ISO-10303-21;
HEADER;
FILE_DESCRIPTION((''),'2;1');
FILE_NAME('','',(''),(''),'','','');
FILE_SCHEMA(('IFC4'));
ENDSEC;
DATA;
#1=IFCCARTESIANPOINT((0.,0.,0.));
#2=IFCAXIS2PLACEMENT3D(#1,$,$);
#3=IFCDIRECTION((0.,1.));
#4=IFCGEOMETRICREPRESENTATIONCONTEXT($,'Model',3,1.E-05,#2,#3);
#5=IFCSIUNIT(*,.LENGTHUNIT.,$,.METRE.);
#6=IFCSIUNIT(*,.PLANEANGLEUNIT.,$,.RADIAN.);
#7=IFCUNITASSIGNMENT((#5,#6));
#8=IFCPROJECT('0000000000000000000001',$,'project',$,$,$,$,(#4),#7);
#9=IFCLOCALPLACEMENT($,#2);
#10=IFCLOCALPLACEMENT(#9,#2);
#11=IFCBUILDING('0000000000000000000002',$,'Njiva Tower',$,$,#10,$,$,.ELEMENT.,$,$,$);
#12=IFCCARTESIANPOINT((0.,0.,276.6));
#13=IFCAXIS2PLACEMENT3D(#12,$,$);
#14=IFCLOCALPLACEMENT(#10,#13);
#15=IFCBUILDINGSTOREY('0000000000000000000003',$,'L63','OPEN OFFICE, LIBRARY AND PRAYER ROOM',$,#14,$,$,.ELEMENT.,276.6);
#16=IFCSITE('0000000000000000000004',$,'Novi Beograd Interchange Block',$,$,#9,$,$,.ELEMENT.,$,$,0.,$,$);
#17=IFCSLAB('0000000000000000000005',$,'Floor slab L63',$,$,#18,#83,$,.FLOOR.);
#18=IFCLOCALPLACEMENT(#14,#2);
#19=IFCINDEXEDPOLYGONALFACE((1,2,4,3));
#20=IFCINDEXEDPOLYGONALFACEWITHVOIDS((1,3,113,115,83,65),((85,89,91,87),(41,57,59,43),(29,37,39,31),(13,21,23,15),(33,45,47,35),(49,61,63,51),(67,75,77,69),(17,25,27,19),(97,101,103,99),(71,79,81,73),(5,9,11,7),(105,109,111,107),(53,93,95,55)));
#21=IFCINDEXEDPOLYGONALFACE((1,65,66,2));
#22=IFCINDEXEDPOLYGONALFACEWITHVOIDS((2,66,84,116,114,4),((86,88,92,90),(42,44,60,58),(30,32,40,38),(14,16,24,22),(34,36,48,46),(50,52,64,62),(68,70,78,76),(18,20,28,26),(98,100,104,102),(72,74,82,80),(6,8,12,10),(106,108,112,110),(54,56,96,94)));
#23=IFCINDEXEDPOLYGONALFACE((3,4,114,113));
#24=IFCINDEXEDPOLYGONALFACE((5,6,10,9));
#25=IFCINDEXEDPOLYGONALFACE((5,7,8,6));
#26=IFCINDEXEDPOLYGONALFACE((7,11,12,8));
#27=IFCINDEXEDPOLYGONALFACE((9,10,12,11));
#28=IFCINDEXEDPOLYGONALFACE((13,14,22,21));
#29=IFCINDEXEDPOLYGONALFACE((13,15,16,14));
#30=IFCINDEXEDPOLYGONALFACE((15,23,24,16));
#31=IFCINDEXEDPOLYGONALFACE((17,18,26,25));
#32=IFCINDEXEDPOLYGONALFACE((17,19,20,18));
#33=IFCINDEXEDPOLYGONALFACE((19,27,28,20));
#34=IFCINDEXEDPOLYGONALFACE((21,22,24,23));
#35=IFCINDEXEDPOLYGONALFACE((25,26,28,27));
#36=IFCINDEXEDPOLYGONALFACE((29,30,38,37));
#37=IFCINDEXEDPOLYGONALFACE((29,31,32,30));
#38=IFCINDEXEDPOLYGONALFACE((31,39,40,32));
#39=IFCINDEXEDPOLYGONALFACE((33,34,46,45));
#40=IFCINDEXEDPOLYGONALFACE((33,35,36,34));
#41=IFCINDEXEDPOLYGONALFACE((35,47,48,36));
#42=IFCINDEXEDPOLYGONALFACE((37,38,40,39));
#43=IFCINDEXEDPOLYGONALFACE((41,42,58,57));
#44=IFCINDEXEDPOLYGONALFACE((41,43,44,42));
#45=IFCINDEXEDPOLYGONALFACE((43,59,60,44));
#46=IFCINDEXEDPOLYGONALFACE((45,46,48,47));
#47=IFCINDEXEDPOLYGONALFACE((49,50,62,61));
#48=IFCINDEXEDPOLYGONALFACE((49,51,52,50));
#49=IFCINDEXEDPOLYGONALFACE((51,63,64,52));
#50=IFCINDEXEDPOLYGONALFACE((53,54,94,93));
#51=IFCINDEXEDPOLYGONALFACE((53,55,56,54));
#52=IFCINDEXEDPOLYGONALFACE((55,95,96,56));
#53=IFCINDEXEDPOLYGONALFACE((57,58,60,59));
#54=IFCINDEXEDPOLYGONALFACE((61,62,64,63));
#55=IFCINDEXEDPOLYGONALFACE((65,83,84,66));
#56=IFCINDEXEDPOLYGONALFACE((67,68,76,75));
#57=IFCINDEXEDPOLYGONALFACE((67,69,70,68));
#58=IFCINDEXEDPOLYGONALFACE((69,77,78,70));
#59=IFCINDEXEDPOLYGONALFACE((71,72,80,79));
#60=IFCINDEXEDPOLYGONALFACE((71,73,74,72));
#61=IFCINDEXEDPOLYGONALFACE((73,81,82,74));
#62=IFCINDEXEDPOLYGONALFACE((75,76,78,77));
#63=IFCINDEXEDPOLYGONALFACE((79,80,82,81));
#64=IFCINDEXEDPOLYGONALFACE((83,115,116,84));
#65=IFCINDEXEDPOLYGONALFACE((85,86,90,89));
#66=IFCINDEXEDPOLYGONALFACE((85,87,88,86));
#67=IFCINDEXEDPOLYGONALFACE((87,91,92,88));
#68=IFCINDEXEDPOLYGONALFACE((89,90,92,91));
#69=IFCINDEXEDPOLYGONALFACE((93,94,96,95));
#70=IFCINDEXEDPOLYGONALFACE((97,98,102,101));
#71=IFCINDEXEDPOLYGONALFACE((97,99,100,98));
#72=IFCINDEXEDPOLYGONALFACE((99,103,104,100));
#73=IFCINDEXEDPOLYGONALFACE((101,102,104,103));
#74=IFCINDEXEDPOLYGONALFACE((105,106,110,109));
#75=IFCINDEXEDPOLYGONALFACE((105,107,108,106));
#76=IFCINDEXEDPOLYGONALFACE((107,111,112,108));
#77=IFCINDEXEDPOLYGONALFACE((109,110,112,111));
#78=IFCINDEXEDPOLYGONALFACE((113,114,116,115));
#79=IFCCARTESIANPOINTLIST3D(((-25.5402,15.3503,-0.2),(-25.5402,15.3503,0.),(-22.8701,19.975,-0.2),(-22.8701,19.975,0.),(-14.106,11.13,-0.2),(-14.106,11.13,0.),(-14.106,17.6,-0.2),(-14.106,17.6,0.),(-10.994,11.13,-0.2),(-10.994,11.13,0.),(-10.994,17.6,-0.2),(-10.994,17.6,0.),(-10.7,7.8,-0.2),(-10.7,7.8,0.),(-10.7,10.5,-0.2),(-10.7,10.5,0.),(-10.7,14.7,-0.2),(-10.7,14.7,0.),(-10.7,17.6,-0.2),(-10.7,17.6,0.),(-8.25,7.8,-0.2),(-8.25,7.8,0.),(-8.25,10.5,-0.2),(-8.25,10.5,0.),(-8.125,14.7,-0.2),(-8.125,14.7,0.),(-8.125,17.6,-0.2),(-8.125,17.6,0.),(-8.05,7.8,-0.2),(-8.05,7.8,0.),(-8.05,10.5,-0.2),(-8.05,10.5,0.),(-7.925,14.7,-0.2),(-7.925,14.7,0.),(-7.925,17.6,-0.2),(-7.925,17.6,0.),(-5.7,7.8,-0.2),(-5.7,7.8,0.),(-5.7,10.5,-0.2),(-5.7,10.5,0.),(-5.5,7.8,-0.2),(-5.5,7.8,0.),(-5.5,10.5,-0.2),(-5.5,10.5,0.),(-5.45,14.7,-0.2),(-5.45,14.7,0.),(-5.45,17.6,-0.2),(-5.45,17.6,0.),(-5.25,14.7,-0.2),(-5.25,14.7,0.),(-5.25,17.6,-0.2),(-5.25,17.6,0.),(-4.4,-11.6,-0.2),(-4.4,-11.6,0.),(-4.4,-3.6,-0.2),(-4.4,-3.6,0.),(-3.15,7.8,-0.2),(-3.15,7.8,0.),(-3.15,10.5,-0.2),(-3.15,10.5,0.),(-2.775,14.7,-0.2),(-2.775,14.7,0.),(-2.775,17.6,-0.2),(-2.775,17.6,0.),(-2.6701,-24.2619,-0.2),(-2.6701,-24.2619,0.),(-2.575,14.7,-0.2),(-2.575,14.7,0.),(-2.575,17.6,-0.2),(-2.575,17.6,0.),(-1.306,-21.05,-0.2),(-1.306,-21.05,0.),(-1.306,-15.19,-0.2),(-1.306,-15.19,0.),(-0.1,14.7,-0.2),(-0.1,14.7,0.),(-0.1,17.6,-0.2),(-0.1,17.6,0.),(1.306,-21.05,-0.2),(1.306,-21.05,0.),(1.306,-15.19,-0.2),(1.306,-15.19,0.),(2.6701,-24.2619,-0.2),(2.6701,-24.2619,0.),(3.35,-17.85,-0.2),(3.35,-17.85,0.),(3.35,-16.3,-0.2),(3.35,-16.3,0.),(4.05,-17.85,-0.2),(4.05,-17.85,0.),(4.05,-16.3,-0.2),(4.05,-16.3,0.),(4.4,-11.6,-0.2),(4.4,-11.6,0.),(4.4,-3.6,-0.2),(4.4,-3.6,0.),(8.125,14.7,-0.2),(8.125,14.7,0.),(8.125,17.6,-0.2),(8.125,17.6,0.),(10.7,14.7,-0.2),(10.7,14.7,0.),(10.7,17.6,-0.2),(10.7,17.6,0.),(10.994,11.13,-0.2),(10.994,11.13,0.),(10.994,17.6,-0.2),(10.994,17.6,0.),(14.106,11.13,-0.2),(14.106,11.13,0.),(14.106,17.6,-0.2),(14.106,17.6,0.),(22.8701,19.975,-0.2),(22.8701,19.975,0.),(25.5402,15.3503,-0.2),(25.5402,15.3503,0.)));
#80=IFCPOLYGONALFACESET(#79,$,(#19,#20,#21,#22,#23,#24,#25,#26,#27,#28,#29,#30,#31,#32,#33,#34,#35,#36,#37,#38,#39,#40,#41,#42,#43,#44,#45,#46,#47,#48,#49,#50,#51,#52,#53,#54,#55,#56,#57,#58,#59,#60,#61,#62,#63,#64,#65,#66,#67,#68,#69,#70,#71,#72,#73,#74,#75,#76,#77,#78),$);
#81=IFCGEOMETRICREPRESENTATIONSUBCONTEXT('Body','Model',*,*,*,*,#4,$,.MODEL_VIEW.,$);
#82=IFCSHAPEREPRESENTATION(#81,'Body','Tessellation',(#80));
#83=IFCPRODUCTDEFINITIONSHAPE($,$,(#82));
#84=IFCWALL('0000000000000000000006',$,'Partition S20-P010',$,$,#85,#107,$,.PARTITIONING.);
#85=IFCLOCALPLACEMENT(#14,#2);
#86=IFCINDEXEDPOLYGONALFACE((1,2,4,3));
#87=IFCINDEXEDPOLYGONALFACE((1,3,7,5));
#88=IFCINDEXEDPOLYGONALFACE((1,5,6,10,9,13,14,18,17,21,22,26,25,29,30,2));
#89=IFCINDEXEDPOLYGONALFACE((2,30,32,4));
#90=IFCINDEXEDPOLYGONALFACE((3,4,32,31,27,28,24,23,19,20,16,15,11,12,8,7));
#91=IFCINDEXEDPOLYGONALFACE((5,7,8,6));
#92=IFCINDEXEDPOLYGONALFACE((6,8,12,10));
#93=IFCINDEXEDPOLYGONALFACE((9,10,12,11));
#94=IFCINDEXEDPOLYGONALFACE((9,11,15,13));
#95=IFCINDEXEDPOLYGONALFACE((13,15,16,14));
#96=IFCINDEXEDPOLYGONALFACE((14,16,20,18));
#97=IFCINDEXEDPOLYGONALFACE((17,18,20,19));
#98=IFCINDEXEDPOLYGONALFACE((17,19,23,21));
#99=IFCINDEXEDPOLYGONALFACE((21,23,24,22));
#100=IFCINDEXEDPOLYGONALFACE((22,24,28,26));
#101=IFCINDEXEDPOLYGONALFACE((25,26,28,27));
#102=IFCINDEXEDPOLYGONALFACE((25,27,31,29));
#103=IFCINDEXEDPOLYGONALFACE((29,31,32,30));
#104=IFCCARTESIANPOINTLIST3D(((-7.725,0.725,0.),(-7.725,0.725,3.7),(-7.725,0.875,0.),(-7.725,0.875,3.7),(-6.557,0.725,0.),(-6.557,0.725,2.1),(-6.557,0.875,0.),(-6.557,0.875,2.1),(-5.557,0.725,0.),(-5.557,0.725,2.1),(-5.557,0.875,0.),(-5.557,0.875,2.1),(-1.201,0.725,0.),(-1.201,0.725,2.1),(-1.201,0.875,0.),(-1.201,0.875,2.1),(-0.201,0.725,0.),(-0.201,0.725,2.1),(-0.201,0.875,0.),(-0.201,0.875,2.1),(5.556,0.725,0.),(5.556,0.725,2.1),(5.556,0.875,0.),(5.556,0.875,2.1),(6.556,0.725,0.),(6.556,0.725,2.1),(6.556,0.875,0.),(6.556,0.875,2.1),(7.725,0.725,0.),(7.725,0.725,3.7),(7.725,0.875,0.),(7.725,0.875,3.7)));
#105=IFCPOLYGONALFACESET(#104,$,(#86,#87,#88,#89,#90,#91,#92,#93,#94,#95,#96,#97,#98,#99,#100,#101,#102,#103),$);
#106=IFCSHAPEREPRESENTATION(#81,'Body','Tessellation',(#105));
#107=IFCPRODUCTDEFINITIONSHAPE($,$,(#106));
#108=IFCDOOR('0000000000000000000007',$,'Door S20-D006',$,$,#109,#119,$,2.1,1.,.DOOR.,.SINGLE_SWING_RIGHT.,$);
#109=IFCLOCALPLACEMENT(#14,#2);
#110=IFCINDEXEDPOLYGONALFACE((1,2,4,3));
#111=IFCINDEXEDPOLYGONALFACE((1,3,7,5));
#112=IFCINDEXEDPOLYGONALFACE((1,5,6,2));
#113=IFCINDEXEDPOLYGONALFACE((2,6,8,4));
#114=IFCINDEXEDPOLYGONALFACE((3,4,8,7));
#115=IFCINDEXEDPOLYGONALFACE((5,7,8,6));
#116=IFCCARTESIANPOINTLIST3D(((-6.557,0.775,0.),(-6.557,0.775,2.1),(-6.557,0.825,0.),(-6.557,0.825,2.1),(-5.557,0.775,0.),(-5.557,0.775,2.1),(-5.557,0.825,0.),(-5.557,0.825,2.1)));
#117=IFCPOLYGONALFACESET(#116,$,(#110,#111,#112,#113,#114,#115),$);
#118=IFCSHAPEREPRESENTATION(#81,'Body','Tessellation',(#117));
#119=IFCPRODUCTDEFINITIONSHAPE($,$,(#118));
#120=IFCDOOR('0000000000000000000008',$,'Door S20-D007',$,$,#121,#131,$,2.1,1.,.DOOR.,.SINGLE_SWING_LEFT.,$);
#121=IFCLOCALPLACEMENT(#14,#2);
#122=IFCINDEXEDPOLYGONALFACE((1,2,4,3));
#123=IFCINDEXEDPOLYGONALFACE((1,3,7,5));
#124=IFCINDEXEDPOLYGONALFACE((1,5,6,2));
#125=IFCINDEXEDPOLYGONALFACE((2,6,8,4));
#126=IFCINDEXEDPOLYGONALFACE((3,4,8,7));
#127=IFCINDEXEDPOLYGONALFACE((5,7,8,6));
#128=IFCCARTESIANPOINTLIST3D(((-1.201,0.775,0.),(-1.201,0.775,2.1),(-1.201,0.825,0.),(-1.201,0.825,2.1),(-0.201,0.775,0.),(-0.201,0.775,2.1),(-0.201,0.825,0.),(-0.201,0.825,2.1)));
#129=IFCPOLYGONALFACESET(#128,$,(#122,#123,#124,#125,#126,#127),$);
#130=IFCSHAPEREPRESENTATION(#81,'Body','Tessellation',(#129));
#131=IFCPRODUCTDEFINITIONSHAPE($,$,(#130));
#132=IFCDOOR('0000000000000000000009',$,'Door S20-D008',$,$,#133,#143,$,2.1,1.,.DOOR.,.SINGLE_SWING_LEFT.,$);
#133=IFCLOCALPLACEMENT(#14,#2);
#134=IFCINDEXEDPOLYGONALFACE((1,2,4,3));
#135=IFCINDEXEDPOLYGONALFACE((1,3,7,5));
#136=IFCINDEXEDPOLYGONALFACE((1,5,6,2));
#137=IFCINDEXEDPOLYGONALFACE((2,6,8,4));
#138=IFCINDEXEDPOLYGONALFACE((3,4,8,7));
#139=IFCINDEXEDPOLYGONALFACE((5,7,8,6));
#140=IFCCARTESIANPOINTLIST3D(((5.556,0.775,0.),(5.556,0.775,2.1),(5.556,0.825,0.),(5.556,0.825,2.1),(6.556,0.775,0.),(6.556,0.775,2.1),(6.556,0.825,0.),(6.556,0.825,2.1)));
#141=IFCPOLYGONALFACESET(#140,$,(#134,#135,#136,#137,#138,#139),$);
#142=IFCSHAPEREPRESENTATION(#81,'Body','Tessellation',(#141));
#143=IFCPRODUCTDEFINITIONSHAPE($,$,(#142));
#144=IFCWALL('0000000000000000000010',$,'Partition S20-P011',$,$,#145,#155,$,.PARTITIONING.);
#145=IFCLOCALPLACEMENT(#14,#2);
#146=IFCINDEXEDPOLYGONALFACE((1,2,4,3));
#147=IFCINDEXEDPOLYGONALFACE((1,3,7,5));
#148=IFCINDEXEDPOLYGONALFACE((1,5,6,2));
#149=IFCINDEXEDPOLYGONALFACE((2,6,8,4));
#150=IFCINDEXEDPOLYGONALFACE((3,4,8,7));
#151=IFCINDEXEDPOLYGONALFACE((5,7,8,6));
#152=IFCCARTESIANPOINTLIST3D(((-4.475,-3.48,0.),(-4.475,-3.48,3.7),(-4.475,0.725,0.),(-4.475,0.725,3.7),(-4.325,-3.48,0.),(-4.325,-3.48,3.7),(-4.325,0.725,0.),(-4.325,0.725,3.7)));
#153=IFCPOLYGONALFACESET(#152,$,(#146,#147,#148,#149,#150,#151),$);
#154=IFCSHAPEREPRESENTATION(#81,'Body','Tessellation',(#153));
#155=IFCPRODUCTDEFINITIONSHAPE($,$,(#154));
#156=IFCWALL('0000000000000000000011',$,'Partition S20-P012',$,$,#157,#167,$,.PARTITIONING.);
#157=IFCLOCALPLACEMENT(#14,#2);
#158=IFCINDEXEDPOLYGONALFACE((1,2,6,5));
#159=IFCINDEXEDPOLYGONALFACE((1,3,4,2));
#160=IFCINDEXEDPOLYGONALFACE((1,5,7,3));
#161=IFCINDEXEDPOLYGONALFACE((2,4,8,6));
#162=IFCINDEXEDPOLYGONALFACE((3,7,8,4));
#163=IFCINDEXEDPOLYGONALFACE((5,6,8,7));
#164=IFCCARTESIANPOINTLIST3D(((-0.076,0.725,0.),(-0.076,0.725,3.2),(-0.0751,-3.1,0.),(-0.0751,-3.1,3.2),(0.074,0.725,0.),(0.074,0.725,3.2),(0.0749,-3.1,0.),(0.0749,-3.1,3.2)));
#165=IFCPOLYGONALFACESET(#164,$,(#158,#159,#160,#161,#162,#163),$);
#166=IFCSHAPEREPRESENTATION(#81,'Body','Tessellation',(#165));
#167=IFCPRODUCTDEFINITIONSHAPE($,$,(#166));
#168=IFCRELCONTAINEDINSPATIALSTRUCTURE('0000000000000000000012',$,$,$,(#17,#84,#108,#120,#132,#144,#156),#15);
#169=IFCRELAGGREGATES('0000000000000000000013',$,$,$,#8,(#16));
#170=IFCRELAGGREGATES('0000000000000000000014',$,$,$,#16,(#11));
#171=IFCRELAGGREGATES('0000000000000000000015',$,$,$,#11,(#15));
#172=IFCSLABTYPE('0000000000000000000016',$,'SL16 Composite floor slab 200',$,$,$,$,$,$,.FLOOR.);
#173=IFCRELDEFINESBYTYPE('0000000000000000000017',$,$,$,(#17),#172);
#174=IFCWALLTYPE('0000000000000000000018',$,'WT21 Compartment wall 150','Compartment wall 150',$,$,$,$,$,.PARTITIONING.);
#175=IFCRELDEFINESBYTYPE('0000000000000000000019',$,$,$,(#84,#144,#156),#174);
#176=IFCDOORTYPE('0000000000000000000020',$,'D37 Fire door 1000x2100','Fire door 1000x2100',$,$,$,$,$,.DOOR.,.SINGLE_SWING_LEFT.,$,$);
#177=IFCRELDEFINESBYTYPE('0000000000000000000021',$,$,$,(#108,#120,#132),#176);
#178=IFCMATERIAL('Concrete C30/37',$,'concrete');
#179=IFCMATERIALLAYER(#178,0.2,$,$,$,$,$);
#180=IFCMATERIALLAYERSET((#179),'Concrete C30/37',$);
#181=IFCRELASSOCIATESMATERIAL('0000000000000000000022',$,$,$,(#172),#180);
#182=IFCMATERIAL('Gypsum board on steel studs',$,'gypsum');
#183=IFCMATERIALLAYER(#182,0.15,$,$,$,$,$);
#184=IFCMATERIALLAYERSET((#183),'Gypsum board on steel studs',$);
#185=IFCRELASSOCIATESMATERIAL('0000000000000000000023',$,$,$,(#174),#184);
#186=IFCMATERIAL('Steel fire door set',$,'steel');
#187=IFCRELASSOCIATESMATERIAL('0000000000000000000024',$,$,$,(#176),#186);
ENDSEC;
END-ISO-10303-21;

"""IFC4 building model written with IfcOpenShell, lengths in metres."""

from ifc_helpers import new_model, si_unit, direction, frame, frame_2d, origin, place, context, subcontext, project, spatial, polyline, rectangle, outline, extrude, material, layer, layer_set, type_object, element, fill, save


model = new_model("IFC4")

# Units and contexts
model_context = context("Model", 3, precision=1e-05, world=origin(), true_north=direction((0.0, 1.0)))
body_context = subcontext(model_context, "Body", "Model", "MODEL_VIEW")
ifc_project = project(units=[si_unit("LENGTHUNIT", "METRE"), si_unit("PLANEANGLEUNIT", "RADIAN")], contexts=[model_context])

# Site, building, storey
site_placement = place(None, origin())
site = spatial("IfcSite", under=ifc_project, at=site_placement, Name="Novi Beograd Interchange Block", CompositionType="ELEMENT", RefElevation=0.0)
building_placement = place(site_placement, origin())
building = spatial("IfcBuilding", under=site, at=building_placement, Name="Njiva Tower", CompositionType="ELEMENT")
storey_placement = place(building_placement, frame((0.0, 0.0, 276.6)))
storey = spatial("IfcBuildingStorey", under=building, at=storey_placement, Name="L63", Description="OPEN OFFICE, LIBRARY AND PRAYER ROOM", CompositionType="ELEMENT", Elevation=276.6)

# Slab
ifc_material_1 = material(Name="Concrete C30/37", Category="concrete")
ifc_layer_1 = layer(ifc_material_1, 0.2)
ifc_layer_set_1 = layer_set([ifc_layer_1], Name="Concrete C30/37")
slab_type = type_object("IfcSlabType", Name="SL16 Composite floor slab 200", PredefinedType="FLOOR", material=ifc_layer_set_1)
slab_placement = place(storey_placement, frame((0.0, 0.0, -0.2)))
element("IfcSlab", 1, at=slab_placement, inside=storey, type_object=slab_type, Name="Floor slab L63", PredefinedType="FLOOR", context=body_context, shape_type="SweptSolid", body=[
    extrude(outline(polyline([(25.5402, 15.3503), (2.6701, -24.2619), (-2.6701, -24.2619), (-25.5402, 15.3503), (-22.8701, 19.975), (22.8701, 19.975), (25.5402, 15.3503)]), holes=[polyline([(10.994, 11.13), (14.106, 11.13), (14.106, 17.6), (10.994, 17.6), (10.994, 11.13)]), polyline([(8.125, 14.7), (10.7, 14.7), (10.7, 17.6), (8.125, 17.6), (8.125, 14.7)]), polyline([(4.4, -11.6), (4.4, -3.6), (-4.4, -3.6), (-4.4, -11.6), (4.4, -11.6)]), polyline([(3.35, -17.85), (4.05, -17.85), (4.05, -16.3), (3.35, -16.3), (3.35, -17.85)]), polyline([(-1.306, -21.05), (1.306, -21.05), (1.306, -15.19), (-1.306, -15.19), (-1.306, -21.05)]), polyline([(-2.575, 14.7), (-0.1, 14.7), (-0.1, 17.6), (-2.575, 17.6), (-2.575, 14.7)]), polyline([(-2.775, 14.7), (-2.775, 17.6), (-5.25, 17.6), (-5.25, 14.7), (-2.775, 14.7)]), polyline([(-5.5, 7.8), (-3.15, 7.8), (-3.15, 10.5), (-5.5, 10.5), (-5.5, 7.8)]), polyline([(-7.925, 14.7), (-5.45, 14.7), (-5.45, 17.6), (-7.925, 17.6), (-7.925, 14.7)]), polyline([(-8.05, 7.8), (-5.7, 7.8), (-5.7, 10.5), (-8.05, 10.5), (-8.05, 7.8)]), polyline([(-10.7, 14.7), (-8.125, 14.7), (-8.125, 17.6), (-10.7, 17.6), (-10.7, 14.7)]), polyline([(-8.25, 7.8), (-8.25, 10.5), (-10.7, 10.5), (-10.7, 7.8), (-8.25, 7.8)]), polyline([(-10.994, 11.13), (-10.994, 17.6), (-14.106, 17.6), (-14.106, 11.13), (-10.994, 11.13)])]), origin(), (0.0, 0.0, 1.0), 0.2),
])

# Wall, openings, doors
ifc_material_2 = material(Name="Gypsum board on steel studs", Category="gypsum")
ifc_layer_2 = layer(ifc_material_2, 0.15)
ifc_layer_set_2 = layer_set([ifc_layer_2], Name="Gypsum board on steel studs")
wall_type_1 = type_object("IfcWallType", Name="WT21 Compartment wall 150", Description="Compartment wall 150", PredefinedType="PARTITIONING", material=ifc_layer_set_2)
wall_1_placement = place(storey_placement, frame((-7.725, 0.8, 0.0), z_axis=(0.0, 0.0, 1.0), x_axis=(1.0, 0.0, 0.0)))
wall_1 = element("IfcWall", 2, at=wall_1_placement, inside=storey, type_object=wall_type_1, Name="Partition S20-P010", PredefinedType="PARTITIONING", context=body_context, shape_type="SweptSolid", body=[
    extrude(rectangle(XDim=15.45, YDim=0.15, at=frame_2d((7.725, 0.0))), origin(), (0.0, 0.0, 1.0), 3.7),
])
opening_1_placement = place(wall_1_placement, frame((1.168, 0.0, 0.0)))
opening_1 = element("IfcOpeningElement", 3, at=opening_1_placement, cuts=wall_1, PredefinedType="OPENING", context=body_context, shape_type="SweptSolid", body=[
    extrude(rectangle(XDim=1.0, YDim=2.1, at=frame_2d((0.5, 1.05))), frame((0.0, 0.085, 0.0), z_axis=(0.0, -1.0, 0.0), x_axis=(1.0, 0.0, 0.0)), (0.0, 0.0, 1.0), 0.17),
])
opening_2_placement = place(wall_1_placement, frame((6.524, 0.0, 0.0)))
opening_2 = element("IfcOpeningElement", 4, at=opening_2_placement, cuts=wall_1, PredefinedType="OPENING", context=body_context, shape_type="SweptSolid", body=[
    extrude(rectangle(XDim=1.0, YDim=2.1, at=frame_2d((0.5, 1.05))), frame((0.0, 0.085, 0.0), z_axis=(0.0, -1.0, 0.0), x_axis=(1.0, 0.0, 0.0)), (0.0, 0.0, 1.0), 0.17),
])
opening_3_placement = place(wall_1_placement, frame((13.281, 0.0, 0.0)))
opening_3 = element("IfcOpeningElement", 5, at=opening_3_placement, cuts=wall_1, PredefinedType="OPENING", context=body_context, shape_type="SweptSolid", body=[
    extrude(rectangle(XDim=1.0, YDim=2.1, at=frame_2d((0.5, 1.05))), frame((0.0, 0.085, 0.0), z_axis=(0.0, -1.0, 0.0), x_axis=(1.0, 0.0, 0.0)), (0.0, 0.0, 1.0), 0.17),
])
ifc_material_3 = material(Name="Steel fire door set", Category="steel")
door_type = type_object("IfcDoorType", Name="D37 Fire door 1000x2100", Description="Fire door 1000x2100", OperationType="SINGLE_SWING_LEFT", PredefinedType="DOOR", material=ifc_material_3)
door_1_placement = place(opening_1_placement, origin())
door_1 = element("IfcDoor", 6, at=door_1_placement, inside=storey, type_object=door_type, Name="Door S20-D006", OperationType="SINGLE_SWING_RIGHT", OverallHeight=2.1, OverallWidth=1.0, PredefinedType="DOOR", context=body_context, shape_type="SweptSolid", body=[
    extrude(rectangle(XDim=1.0, YDim=2.1, at=frame_2d((0.5, 1.05))), frame((0.0, 0.025, 0.0), z_axis=(0.0, -1.0, 0.0), x_axis=(1.0, 0.0, 0.0)), (0.0, 0.0, 1.0), 0.05),
])
fill(opening_1, door_1)
door_2_placement = place(opening_2_placement, origin())
door_2 = element("IfcDoor", 7, at=door_2_placement, inside=storey, type_object=door_type, Name="Door S20-D007", OperationType="SINGLE_SWING_LEFT", OverallHeight=2.1, OverallWidth=1.0, PredefinedType="DOOR", context=body_context, shape_type="SweptSolid", body=[
    extrude(rectangle(XDim=1.0, YDim=2.1, at=frame_2d((0.5, 1.05))), frame((0.0, 0.025, 0.0), z_axis=(0.0, -1.0, 0.0), x_axis=(1.0, 0.0, 0.0)), (0.0, 0.0, 1.0), 0.05),
])
fill(opening_2, door_2)
door_3_placement = place(opening_3_placement, origin())
door_3 = element("IfcDoor", 8, at=door_3_placement, inside=storey, type_object=door_type, Name="Door S20-D008", OperationType="SINGLE_SWING_LEFT", OverallHeight=2.1, OverallWidth=1.0, PredefinedType="DOOR", context=body_context, shape_type="SweptSolid", body=[
    extrude(rectangle(XDim=1.0, YDim=2.1, at=frame_2d((0.5, 1.05))), frame((0.0, 0.025, 0.0), z_axis=(0.0, -1.0, 0.0), x_axis=(1.0, 0.0, 0.0)), (0.0, 0.0, 1.0), 0.05),
])
fill(opening_3, door_3)

# Walls
wall_2_placement = place(storey_placement, frame((-4.4, -3.48, 0.0), z_axis=(0.0, 0.0, 1.0), x_axis=(0.0, 1.0, 0.0)))
element("IfcWall", 9, at=wall_2_placement, inside=storey, type_object=wall_type_1, Name="Partition S20-P011", PredefinedType="PARTITIONING", context=body_context, shape_type="SweptSolid", body=[
    extrude(rectangle(XDim=4.205, YDim=0.15, at=frame_2d((2.1025, 0.0))), origin(), (0.0, 0.0, 1.0), 3.7),
])
wall_3_placement = place(storey_placement, frame((-0.001, 0.725, 0.0), z_axis=(0.0, 0.0, 1.0), x_axis=(0.000235, -1.0, 0.0)))
element("IfcWall", 10, at=wall_3_placement, inside=storey, type_object=wall_type_1, Name="Partition S20-P012", PredefinedType="PARTITIONING", context=body_context, shape_type="SweptSolid", body=[
    extrude(rectangle(XDim=3.825, YDim=0.15, at=frame_2d((1.9125, 0.0))), origin(), (0.0, 0.0, 1.0), 3.2),
])

save(model, "model.ifc")
